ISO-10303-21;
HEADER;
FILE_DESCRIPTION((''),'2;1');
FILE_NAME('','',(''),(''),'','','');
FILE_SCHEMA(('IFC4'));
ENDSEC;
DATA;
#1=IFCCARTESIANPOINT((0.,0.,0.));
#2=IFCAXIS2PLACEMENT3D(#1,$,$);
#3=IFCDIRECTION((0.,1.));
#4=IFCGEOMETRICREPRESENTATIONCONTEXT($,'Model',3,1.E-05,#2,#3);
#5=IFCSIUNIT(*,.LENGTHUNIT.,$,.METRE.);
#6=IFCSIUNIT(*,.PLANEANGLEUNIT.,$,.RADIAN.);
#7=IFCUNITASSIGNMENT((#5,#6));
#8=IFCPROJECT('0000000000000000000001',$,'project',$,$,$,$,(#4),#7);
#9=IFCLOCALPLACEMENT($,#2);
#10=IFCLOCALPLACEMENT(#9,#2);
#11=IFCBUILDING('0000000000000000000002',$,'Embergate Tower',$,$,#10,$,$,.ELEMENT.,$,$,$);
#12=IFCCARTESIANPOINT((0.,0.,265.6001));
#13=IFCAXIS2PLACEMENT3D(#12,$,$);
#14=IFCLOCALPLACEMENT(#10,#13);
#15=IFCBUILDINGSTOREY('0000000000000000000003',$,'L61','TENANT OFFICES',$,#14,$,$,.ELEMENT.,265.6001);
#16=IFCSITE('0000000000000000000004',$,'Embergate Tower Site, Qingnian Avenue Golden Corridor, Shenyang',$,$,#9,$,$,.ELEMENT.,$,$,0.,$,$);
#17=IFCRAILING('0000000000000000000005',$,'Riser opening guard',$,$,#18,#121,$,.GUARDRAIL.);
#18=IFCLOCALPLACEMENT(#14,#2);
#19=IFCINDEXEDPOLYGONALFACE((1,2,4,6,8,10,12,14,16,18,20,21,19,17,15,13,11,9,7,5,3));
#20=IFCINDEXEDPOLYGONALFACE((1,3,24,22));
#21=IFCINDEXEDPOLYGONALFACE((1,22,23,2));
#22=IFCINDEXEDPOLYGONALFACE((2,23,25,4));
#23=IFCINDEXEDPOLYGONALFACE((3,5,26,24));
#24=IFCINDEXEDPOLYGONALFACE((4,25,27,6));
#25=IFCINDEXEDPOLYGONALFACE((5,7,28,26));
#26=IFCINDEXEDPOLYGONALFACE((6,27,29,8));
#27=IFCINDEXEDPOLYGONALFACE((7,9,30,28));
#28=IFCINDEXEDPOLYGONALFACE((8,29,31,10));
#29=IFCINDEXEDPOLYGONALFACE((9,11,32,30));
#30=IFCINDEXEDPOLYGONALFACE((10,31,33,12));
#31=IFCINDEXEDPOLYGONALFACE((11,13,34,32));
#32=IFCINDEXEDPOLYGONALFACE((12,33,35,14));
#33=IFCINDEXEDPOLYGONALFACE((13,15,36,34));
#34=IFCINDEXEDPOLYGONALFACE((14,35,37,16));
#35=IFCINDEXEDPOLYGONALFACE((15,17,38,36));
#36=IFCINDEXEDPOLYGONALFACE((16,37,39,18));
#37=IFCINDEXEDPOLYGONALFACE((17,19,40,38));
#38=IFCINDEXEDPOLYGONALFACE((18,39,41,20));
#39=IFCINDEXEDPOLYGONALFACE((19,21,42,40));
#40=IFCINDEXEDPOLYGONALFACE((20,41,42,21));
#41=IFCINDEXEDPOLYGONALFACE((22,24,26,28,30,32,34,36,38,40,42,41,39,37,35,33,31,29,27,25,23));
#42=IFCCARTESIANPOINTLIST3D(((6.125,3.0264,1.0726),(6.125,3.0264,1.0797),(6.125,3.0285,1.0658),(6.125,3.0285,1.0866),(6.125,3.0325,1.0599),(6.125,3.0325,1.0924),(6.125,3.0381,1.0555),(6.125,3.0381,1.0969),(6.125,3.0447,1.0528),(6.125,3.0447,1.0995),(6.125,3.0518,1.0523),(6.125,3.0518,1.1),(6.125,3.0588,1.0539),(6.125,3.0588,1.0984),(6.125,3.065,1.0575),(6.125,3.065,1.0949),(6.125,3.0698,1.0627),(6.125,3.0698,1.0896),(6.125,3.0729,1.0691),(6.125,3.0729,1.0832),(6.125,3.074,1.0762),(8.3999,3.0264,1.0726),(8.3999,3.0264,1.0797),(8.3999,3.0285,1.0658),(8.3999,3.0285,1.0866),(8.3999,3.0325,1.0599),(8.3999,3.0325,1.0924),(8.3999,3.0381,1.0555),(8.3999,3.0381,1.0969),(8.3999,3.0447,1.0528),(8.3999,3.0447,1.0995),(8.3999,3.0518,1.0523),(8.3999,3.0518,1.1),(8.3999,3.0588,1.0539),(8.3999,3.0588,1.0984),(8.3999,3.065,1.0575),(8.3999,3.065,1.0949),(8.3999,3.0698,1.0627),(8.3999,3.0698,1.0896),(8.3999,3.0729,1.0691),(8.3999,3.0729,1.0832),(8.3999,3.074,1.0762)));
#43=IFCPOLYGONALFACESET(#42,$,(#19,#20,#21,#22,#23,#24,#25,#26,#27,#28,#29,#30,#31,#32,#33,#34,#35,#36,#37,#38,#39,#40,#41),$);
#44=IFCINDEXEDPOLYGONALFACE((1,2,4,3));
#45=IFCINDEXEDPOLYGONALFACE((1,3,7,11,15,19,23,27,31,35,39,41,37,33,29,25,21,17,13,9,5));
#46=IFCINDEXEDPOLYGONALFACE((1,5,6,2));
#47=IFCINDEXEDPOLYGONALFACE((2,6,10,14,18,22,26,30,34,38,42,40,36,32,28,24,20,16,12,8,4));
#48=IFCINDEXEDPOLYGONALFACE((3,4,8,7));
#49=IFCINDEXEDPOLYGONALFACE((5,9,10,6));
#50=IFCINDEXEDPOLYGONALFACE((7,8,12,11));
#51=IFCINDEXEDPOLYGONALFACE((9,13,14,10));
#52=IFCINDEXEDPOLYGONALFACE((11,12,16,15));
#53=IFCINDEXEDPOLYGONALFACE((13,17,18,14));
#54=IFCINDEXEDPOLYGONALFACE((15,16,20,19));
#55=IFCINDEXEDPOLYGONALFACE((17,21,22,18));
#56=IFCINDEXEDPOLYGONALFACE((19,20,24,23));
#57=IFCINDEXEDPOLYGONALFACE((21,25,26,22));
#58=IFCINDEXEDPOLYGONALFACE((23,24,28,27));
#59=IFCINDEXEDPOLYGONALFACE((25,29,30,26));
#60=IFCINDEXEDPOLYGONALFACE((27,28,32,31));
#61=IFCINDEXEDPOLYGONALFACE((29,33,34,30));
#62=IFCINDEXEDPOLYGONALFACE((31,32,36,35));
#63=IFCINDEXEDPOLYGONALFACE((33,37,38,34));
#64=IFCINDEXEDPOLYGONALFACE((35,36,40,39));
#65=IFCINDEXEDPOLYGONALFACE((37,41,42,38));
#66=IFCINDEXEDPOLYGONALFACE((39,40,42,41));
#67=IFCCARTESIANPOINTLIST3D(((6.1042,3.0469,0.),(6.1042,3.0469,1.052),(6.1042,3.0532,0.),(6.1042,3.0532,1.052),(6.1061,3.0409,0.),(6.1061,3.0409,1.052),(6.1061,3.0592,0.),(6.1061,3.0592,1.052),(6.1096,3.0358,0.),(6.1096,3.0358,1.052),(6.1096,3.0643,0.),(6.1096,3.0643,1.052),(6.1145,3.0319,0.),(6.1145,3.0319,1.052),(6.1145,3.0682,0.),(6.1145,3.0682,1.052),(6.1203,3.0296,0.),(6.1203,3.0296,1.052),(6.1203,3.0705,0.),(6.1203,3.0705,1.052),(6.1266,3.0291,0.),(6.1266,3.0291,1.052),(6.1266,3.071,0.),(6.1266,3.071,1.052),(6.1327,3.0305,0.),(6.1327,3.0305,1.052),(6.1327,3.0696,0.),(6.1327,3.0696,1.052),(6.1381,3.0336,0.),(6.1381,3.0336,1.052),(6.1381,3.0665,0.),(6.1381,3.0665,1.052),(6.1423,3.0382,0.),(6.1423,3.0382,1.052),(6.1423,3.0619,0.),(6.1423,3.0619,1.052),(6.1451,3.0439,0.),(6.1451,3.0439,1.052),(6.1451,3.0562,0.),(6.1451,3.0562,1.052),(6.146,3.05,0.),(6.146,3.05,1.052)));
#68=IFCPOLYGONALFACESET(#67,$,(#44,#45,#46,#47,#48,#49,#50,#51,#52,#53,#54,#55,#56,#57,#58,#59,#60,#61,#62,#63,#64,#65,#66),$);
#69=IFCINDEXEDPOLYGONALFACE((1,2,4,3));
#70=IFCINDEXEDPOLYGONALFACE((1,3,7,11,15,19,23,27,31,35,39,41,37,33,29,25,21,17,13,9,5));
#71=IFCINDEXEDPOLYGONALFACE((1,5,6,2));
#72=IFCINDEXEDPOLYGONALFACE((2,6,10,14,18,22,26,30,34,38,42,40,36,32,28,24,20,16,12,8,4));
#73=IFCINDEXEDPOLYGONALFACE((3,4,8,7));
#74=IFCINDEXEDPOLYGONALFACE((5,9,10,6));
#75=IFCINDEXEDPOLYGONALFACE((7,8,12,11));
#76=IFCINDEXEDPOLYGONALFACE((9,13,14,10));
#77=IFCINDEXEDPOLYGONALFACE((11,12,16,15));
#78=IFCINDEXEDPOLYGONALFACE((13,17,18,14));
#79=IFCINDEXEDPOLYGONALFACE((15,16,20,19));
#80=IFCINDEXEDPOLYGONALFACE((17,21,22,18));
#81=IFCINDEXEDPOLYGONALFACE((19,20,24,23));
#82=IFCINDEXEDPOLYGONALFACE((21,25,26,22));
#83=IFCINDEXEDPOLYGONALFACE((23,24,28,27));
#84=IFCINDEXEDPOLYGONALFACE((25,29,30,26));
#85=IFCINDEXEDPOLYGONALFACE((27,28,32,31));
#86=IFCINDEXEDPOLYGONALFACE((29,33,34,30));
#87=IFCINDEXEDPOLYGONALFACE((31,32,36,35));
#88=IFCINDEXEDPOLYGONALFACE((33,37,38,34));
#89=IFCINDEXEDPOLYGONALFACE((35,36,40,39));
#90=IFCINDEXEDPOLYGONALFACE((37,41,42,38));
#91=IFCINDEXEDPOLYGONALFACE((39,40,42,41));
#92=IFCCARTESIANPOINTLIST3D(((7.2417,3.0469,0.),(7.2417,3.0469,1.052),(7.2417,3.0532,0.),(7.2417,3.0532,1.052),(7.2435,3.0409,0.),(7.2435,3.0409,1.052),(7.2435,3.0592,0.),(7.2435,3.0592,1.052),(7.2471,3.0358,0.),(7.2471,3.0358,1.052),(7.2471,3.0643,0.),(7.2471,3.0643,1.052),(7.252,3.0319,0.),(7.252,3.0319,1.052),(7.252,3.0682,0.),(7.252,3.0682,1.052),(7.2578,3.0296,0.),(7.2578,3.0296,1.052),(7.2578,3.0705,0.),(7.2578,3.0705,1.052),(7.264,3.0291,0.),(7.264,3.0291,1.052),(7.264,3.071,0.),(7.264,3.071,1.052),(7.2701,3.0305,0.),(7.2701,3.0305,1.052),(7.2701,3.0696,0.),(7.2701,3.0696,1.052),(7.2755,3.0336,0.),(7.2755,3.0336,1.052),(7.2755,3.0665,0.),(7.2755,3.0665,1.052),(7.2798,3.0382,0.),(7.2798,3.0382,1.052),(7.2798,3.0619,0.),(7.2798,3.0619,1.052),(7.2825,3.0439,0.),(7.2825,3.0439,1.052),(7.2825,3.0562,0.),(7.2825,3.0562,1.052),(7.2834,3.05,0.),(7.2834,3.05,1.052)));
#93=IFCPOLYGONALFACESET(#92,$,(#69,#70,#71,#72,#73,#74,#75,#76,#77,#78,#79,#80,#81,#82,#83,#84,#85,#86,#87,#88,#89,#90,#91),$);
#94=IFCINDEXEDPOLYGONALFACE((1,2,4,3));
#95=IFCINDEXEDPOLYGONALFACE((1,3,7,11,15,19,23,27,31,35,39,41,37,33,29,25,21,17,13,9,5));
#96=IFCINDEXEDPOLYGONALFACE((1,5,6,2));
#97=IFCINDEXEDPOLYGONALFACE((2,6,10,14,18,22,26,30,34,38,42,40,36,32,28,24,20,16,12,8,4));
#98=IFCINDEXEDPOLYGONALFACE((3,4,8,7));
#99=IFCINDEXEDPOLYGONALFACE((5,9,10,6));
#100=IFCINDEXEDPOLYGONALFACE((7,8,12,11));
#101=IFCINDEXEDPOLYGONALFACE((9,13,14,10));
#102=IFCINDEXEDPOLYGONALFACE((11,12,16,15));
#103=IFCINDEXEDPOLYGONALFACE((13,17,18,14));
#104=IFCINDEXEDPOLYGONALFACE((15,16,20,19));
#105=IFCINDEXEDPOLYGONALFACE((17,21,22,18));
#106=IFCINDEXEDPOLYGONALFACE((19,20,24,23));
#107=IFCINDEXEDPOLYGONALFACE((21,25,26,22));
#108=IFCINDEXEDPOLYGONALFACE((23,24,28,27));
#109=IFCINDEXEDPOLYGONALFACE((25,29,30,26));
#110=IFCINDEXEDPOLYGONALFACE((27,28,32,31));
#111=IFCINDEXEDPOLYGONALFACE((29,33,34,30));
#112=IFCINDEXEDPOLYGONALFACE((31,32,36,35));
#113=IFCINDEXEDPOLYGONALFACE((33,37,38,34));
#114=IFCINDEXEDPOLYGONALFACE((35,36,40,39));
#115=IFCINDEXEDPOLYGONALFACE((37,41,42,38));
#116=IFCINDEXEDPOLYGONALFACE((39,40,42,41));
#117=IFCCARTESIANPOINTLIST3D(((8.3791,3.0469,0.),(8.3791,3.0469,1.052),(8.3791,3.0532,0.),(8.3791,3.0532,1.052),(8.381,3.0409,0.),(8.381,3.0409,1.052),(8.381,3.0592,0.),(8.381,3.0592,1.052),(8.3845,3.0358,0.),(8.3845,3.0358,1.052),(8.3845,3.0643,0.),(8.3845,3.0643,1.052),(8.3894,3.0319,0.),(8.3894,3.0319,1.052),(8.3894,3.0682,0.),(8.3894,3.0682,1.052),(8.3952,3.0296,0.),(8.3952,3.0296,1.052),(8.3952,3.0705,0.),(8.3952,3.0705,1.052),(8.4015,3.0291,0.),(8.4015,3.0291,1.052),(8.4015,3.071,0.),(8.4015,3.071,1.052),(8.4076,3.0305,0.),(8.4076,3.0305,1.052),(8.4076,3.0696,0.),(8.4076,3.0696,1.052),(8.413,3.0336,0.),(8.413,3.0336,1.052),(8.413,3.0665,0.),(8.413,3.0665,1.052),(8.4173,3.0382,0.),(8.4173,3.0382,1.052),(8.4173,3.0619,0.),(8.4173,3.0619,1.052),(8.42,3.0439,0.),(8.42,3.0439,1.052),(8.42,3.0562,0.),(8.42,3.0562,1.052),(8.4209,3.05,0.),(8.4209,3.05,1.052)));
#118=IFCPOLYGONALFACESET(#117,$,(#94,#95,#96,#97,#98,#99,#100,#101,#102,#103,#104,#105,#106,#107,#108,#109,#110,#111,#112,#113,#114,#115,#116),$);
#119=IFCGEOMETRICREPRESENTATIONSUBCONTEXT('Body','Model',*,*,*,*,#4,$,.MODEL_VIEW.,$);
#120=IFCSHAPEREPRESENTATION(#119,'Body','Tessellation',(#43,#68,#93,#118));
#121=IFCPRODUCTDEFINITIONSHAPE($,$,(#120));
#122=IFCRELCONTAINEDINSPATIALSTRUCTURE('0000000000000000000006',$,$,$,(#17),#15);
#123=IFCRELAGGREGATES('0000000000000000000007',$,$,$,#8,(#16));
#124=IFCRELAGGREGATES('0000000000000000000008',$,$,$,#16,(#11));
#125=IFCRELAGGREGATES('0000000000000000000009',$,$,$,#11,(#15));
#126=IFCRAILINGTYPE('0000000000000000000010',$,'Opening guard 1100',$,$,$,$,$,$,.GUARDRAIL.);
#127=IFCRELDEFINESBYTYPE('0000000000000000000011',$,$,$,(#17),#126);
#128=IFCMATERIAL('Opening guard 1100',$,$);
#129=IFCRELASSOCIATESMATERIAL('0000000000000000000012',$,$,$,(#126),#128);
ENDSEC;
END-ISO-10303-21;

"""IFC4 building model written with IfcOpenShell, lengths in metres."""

from ifc_helpers import new_model, si_unit, direction, frame, origin, origin_2d, place, context, subcontext, project, spatial, circle, extrude, source, transform, mapped, material, type_object, element, save


model = new_model("IFC4")

# Units and contexts
model_context = context("Model", 3, precision=1e-05, world=origin(), true_north=direction((0.0, 1.0)))
body_context = subcontext(model_context, "Body", "Model", "MODEL_VIEW")
ifc_project = project(units=[si_unit("LENGTHUNIT", "METRE"), si_unit("PLANEANGLEUNIT", "RADIAN")], contexts=[model_context])

# Site, building, storey
site_placement = place(None, origin())
site = spatial("IfcSite", under=ifc_project, at=site_placement, Name="Embergate Tower Site, Qingnian Avenue Golden Corridor, Shenyang", CompositionType="ELEMENT", RefElevation=0.0)
building_placement = place(site_placement, origin())
building = spatial("IfcBuilding", under=site, at=building_placement, Name="Embergate Tower", CompositionType="ELEMENT")
storey_placement = place(building_placement, frame((0.0, 0.0, 265.6001)))
storey = spatial("IfcBuildingStorey", under=building, at=storey_placement, Name="L61", Description="TENANT OFFICES", CompositionType="ELEMENT", Elevation=265.6001)

# Railing
ifc_material_1 = material(Name="Opening guard 1100")
railing_type = type_object("IfcRailingType", Name="Opening guard 1100", PredefinedType="GUARDRAIL", material=ifc_material_1)
shared_shape_1 = source(origin(), body_context, "Body", "SweptSolid", [
    extrude(circle(Radius=0.0239, at=origin_2d()), frame((0.0, 0.0, 1.0762), z_axis=(1.0, 0.0, 0.0), x_axis=(0.0, 1.0, 0.0)), (0.0, 0.0, 1.0), 2.2749),
    extrude(circle(Radius=0.021, at=origin_2d()), origin(), (0.0, 0.0, 1.0), 1.052),
    extrude(circle(Radius=0.021, at=origin_2d()), frame((1.1375, 0.0, 0.0)), (0.0, 0.0, 1.0), 1.052),
    extrude(circle(Radius=0.021, at=origin_2d()), frame((2.2749, 0.0, 0.0)), (0.0, 0.0, 1.0), 1.052),
])
railing_placement = place(storey_placement, frame((6.125, 3.05, 0.0)))
element("IfcRailing", 1, at=railing_placement, inside=storey, type_object=railing_type, Name="Riser opening guard", PredefinedType="GUARDRAIL", context=body_context, shape_type="MappedRepresentation", body=[
    mapped(shared_shape_1, transform((0.0, 0.0, 0.0))),
])

save(model, "model.ifc")
